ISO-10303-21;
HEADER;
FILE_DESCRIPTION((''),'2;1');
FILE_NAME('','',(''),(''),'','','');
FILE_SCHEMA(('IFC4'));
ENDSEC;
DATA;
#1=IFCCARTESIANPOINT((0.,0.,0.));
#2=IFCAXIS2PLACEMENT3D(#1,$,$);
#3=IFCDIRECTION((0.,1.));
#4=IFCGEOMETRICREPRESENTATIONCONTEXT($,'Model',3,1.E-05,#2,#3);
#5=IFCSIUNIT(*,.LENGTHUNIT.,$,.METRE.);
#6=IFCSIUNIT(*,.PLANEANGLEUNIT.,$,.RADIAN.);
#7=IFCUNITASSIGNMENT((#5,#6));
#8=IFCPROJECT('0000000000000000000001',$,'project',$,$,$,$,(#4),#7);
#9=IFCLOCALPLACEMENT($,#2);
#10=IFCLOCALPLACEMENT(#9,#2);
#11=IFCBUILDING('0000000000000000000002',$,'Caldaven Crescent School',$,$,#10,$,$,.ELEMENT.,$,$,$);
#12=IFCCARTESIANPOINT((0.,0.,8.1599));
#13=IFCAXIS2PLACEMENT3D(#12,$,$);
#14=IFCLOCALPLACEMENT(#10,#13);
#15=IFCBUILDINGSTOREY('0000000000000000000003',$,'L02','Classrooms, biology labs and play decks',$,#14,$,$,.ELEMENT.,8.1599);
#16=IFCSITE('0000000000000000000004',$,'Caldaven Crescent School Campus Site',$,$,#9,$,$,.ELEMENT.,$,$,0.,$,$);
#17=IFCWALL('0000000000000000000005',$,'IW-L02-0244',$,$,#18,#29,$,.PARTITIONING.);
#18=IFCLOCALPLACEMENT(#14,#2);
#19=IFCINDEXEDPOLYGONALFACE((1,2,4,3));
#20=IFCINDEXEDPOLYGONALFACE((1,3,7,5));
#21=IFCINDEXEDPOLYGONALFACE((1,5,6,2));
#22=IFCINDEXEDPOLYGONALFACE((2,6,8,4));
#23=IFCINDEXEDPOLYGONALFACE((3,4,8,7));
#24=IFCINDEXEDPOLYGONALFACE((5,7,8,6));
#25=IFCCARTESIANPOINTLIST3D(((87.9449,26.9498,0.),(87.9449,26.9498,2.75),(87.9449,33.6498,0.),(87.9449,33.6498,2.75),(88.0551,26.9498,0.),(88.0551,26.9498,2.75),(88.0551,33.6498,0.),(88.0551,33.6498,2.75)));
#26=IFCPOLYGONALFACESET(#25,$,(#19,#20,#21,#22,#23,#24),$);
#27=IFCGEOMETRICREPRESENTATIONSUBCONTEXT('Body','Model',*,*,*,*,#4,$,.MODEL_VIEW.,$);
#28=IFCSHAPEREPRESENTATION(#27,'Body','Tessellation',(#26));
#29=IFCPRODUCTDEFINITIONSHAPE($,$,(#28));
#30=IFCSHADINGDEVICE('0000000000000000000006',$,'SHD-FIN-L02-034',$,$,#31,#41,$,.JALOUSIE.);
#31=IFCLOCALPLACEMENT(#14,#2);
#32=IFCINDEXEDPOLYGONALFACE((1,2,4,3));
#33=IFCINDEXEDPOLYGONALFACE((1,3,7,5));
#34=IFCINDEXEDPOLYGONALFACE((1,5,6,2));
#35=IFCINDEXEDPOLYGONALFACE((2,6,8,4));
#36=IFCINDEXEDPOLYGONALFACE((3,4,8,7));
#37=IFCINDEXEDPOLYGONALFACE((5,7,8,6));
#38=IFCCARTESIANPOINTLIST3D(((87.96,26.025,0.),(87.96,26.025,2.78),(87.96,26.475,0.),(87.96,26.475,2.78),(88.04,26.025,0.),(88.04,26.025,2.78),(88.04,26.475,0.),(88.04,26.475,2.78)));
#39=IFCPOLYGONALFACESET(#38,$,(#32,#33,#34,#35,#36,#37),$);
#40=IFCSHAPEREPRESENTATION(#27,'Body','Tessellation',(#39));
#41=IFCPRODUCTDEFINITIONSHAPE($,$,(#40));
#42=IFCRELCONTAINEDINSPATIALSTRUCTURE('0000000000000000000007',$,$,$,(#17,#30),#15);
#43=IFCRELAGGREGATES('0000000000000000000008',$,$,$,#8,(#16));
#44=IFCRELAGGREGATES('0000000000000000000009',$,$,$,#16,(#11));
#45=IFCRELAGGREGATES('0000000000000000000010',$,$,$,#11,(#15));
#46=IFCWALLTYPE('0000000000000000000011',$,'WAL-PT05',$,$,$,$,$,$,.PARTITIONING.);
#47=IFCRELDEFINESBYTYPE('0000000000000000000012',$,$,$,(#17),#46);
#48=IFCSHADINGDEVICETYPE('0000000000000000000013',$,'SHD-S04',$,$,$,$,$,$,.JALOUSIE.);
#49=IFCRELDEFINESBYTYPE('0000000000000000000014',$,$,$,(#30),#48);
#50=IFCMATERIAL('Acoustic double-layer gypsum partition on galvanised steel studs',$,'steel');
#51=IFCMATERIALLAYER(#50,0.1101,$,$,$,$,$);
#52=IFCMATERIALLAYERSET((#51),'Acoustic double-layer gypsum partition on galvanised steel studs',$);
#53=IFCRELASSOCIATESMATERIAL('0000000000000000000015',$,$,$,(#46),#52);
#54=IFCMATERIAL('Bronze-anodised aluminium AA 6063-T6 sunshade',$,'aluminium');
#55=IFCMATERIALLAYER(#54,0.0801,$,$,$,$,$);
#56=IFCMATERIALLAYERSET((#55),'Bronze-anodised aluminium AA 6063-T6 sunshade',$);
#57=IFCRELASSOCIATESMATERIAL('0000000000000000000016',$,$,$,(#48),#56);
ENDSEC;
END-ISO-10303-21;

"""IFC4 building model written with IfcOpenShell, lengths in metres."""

from ifc_helpers import new_model, si_unit, direction, frame, frame_2d, origin, origin_2d, place, context, subcontext, project, spatial, rectangle, extrude, material, layer, layer_set, type_object, element, save


model = new_model("IFC4")

# Units and contexts
model_context = context("Model", 3, precision=1e-05, world=origin(), true_north=direction((0.0, 1.0)))
body_context = subcontext(model_context, "Body", "Model", "MODEL_VIEW")
ifc_project = project(units=[si_unit("LENGTHUNIT", "METRE"), si_unit("PLANEANGLEUNIT", "RADIAN")], contexts=[model_context])

# Site, building, storey
site_placement = place(None, origin())
site = spatial("IfcSite", under=ifc_project, at=site_placement, Name="Caldaven Crescent School Campus Site", CompositionType="ELEMENT", RefElevation=0.0)
building_placement = place(site_placement, origin())
building = spatial("IfcBuilding", under=site, at=building_placement, Name="Caldaven Crescent School", CompositionType="ELEMENT")
storey_placement = place(building_placement, frame((0.0, 0.0, 8.1599)))
storey = spatial("IfcBuildingStorey", under=building, at=storey_placement, Name="L02", Description="Classrooms, biology labs and play decks", CompositionType="ELEMENT", Elevation=8.1599)

# Wall
ifc_material_1 = material(Name="Acoustic double-layer gypsum partition on galvanised steel studs", Category="steel")
ifc_layer_1 = layer(ifc_material_1, 0.1101)
ifc_layer_set_1 = layer_set([ifc_layer_1], Name="Acoustic double-layer gypsum partition on galvanised steel studs")
wall_type = type_object("IfcWallType", Name="WAL-PT05", PredefinedType="PARTITIONING", material=ifc_layer_set_1)
wall_placement = place(storey_placement, frame((88.0, 33.6499, 0.0), z_axis=(0.0, 0.0, 1.0), x_axis=(0.0, -1.0, 0.0)))
element("IfcWall", 1, at=wall_placement, inside=storey, type_object=wall_type, Name="IW-L02-0244", PredefinedType="PARTITIONING", context=body_context, shape_type="SweptSolid", body=[
    extrude(rectangle(XDim=6.7, YDim=0.1101, at=frame_2d((3.3501, 0.0))), origin(), (0.0, 0.0, 1.0), 2.75),
])

# Shading device
ifc_material_2 = material(Name="Bronze-anodised aluminium AA 6063-T6 sunshade", Category="aluminium")
ifc_layer_2 = layer(ifc_material_2, 0.0801)
ifc_layer_set_2 = layer_set([ifc_layer_2], Name="Bronze-anodised aluminium AA 6063-T6 sunshade")
shading_device_type = type_object("IfcShadingDeviceType", Name="SHD-S04", PredefinedType="JALOUSIE", material=ifc_layer_set_2)
shading_device_placement = place(storey_placement, frame((88.0, 26.25, 0.0), z_axis=(0.0, 0.0, 1.0), x_axis=(0.0, -1.0, 0.0)))
element("IfcShadingDevice", 2, at=shading_device_placement, inside=storey, type_object=shading_device_type, Name="SHD-FIN-L02-034", PredefinedType="JALOUSIE", context=body_context, shape_type="SweptSolid", body=[
    extrude(rectangle(XDim=0.45, YDim=0.0801, at=origin_2d()), origin(), (0.0, 0.0, 1.0), 2.78),
])

save(model, "model.ifc")
